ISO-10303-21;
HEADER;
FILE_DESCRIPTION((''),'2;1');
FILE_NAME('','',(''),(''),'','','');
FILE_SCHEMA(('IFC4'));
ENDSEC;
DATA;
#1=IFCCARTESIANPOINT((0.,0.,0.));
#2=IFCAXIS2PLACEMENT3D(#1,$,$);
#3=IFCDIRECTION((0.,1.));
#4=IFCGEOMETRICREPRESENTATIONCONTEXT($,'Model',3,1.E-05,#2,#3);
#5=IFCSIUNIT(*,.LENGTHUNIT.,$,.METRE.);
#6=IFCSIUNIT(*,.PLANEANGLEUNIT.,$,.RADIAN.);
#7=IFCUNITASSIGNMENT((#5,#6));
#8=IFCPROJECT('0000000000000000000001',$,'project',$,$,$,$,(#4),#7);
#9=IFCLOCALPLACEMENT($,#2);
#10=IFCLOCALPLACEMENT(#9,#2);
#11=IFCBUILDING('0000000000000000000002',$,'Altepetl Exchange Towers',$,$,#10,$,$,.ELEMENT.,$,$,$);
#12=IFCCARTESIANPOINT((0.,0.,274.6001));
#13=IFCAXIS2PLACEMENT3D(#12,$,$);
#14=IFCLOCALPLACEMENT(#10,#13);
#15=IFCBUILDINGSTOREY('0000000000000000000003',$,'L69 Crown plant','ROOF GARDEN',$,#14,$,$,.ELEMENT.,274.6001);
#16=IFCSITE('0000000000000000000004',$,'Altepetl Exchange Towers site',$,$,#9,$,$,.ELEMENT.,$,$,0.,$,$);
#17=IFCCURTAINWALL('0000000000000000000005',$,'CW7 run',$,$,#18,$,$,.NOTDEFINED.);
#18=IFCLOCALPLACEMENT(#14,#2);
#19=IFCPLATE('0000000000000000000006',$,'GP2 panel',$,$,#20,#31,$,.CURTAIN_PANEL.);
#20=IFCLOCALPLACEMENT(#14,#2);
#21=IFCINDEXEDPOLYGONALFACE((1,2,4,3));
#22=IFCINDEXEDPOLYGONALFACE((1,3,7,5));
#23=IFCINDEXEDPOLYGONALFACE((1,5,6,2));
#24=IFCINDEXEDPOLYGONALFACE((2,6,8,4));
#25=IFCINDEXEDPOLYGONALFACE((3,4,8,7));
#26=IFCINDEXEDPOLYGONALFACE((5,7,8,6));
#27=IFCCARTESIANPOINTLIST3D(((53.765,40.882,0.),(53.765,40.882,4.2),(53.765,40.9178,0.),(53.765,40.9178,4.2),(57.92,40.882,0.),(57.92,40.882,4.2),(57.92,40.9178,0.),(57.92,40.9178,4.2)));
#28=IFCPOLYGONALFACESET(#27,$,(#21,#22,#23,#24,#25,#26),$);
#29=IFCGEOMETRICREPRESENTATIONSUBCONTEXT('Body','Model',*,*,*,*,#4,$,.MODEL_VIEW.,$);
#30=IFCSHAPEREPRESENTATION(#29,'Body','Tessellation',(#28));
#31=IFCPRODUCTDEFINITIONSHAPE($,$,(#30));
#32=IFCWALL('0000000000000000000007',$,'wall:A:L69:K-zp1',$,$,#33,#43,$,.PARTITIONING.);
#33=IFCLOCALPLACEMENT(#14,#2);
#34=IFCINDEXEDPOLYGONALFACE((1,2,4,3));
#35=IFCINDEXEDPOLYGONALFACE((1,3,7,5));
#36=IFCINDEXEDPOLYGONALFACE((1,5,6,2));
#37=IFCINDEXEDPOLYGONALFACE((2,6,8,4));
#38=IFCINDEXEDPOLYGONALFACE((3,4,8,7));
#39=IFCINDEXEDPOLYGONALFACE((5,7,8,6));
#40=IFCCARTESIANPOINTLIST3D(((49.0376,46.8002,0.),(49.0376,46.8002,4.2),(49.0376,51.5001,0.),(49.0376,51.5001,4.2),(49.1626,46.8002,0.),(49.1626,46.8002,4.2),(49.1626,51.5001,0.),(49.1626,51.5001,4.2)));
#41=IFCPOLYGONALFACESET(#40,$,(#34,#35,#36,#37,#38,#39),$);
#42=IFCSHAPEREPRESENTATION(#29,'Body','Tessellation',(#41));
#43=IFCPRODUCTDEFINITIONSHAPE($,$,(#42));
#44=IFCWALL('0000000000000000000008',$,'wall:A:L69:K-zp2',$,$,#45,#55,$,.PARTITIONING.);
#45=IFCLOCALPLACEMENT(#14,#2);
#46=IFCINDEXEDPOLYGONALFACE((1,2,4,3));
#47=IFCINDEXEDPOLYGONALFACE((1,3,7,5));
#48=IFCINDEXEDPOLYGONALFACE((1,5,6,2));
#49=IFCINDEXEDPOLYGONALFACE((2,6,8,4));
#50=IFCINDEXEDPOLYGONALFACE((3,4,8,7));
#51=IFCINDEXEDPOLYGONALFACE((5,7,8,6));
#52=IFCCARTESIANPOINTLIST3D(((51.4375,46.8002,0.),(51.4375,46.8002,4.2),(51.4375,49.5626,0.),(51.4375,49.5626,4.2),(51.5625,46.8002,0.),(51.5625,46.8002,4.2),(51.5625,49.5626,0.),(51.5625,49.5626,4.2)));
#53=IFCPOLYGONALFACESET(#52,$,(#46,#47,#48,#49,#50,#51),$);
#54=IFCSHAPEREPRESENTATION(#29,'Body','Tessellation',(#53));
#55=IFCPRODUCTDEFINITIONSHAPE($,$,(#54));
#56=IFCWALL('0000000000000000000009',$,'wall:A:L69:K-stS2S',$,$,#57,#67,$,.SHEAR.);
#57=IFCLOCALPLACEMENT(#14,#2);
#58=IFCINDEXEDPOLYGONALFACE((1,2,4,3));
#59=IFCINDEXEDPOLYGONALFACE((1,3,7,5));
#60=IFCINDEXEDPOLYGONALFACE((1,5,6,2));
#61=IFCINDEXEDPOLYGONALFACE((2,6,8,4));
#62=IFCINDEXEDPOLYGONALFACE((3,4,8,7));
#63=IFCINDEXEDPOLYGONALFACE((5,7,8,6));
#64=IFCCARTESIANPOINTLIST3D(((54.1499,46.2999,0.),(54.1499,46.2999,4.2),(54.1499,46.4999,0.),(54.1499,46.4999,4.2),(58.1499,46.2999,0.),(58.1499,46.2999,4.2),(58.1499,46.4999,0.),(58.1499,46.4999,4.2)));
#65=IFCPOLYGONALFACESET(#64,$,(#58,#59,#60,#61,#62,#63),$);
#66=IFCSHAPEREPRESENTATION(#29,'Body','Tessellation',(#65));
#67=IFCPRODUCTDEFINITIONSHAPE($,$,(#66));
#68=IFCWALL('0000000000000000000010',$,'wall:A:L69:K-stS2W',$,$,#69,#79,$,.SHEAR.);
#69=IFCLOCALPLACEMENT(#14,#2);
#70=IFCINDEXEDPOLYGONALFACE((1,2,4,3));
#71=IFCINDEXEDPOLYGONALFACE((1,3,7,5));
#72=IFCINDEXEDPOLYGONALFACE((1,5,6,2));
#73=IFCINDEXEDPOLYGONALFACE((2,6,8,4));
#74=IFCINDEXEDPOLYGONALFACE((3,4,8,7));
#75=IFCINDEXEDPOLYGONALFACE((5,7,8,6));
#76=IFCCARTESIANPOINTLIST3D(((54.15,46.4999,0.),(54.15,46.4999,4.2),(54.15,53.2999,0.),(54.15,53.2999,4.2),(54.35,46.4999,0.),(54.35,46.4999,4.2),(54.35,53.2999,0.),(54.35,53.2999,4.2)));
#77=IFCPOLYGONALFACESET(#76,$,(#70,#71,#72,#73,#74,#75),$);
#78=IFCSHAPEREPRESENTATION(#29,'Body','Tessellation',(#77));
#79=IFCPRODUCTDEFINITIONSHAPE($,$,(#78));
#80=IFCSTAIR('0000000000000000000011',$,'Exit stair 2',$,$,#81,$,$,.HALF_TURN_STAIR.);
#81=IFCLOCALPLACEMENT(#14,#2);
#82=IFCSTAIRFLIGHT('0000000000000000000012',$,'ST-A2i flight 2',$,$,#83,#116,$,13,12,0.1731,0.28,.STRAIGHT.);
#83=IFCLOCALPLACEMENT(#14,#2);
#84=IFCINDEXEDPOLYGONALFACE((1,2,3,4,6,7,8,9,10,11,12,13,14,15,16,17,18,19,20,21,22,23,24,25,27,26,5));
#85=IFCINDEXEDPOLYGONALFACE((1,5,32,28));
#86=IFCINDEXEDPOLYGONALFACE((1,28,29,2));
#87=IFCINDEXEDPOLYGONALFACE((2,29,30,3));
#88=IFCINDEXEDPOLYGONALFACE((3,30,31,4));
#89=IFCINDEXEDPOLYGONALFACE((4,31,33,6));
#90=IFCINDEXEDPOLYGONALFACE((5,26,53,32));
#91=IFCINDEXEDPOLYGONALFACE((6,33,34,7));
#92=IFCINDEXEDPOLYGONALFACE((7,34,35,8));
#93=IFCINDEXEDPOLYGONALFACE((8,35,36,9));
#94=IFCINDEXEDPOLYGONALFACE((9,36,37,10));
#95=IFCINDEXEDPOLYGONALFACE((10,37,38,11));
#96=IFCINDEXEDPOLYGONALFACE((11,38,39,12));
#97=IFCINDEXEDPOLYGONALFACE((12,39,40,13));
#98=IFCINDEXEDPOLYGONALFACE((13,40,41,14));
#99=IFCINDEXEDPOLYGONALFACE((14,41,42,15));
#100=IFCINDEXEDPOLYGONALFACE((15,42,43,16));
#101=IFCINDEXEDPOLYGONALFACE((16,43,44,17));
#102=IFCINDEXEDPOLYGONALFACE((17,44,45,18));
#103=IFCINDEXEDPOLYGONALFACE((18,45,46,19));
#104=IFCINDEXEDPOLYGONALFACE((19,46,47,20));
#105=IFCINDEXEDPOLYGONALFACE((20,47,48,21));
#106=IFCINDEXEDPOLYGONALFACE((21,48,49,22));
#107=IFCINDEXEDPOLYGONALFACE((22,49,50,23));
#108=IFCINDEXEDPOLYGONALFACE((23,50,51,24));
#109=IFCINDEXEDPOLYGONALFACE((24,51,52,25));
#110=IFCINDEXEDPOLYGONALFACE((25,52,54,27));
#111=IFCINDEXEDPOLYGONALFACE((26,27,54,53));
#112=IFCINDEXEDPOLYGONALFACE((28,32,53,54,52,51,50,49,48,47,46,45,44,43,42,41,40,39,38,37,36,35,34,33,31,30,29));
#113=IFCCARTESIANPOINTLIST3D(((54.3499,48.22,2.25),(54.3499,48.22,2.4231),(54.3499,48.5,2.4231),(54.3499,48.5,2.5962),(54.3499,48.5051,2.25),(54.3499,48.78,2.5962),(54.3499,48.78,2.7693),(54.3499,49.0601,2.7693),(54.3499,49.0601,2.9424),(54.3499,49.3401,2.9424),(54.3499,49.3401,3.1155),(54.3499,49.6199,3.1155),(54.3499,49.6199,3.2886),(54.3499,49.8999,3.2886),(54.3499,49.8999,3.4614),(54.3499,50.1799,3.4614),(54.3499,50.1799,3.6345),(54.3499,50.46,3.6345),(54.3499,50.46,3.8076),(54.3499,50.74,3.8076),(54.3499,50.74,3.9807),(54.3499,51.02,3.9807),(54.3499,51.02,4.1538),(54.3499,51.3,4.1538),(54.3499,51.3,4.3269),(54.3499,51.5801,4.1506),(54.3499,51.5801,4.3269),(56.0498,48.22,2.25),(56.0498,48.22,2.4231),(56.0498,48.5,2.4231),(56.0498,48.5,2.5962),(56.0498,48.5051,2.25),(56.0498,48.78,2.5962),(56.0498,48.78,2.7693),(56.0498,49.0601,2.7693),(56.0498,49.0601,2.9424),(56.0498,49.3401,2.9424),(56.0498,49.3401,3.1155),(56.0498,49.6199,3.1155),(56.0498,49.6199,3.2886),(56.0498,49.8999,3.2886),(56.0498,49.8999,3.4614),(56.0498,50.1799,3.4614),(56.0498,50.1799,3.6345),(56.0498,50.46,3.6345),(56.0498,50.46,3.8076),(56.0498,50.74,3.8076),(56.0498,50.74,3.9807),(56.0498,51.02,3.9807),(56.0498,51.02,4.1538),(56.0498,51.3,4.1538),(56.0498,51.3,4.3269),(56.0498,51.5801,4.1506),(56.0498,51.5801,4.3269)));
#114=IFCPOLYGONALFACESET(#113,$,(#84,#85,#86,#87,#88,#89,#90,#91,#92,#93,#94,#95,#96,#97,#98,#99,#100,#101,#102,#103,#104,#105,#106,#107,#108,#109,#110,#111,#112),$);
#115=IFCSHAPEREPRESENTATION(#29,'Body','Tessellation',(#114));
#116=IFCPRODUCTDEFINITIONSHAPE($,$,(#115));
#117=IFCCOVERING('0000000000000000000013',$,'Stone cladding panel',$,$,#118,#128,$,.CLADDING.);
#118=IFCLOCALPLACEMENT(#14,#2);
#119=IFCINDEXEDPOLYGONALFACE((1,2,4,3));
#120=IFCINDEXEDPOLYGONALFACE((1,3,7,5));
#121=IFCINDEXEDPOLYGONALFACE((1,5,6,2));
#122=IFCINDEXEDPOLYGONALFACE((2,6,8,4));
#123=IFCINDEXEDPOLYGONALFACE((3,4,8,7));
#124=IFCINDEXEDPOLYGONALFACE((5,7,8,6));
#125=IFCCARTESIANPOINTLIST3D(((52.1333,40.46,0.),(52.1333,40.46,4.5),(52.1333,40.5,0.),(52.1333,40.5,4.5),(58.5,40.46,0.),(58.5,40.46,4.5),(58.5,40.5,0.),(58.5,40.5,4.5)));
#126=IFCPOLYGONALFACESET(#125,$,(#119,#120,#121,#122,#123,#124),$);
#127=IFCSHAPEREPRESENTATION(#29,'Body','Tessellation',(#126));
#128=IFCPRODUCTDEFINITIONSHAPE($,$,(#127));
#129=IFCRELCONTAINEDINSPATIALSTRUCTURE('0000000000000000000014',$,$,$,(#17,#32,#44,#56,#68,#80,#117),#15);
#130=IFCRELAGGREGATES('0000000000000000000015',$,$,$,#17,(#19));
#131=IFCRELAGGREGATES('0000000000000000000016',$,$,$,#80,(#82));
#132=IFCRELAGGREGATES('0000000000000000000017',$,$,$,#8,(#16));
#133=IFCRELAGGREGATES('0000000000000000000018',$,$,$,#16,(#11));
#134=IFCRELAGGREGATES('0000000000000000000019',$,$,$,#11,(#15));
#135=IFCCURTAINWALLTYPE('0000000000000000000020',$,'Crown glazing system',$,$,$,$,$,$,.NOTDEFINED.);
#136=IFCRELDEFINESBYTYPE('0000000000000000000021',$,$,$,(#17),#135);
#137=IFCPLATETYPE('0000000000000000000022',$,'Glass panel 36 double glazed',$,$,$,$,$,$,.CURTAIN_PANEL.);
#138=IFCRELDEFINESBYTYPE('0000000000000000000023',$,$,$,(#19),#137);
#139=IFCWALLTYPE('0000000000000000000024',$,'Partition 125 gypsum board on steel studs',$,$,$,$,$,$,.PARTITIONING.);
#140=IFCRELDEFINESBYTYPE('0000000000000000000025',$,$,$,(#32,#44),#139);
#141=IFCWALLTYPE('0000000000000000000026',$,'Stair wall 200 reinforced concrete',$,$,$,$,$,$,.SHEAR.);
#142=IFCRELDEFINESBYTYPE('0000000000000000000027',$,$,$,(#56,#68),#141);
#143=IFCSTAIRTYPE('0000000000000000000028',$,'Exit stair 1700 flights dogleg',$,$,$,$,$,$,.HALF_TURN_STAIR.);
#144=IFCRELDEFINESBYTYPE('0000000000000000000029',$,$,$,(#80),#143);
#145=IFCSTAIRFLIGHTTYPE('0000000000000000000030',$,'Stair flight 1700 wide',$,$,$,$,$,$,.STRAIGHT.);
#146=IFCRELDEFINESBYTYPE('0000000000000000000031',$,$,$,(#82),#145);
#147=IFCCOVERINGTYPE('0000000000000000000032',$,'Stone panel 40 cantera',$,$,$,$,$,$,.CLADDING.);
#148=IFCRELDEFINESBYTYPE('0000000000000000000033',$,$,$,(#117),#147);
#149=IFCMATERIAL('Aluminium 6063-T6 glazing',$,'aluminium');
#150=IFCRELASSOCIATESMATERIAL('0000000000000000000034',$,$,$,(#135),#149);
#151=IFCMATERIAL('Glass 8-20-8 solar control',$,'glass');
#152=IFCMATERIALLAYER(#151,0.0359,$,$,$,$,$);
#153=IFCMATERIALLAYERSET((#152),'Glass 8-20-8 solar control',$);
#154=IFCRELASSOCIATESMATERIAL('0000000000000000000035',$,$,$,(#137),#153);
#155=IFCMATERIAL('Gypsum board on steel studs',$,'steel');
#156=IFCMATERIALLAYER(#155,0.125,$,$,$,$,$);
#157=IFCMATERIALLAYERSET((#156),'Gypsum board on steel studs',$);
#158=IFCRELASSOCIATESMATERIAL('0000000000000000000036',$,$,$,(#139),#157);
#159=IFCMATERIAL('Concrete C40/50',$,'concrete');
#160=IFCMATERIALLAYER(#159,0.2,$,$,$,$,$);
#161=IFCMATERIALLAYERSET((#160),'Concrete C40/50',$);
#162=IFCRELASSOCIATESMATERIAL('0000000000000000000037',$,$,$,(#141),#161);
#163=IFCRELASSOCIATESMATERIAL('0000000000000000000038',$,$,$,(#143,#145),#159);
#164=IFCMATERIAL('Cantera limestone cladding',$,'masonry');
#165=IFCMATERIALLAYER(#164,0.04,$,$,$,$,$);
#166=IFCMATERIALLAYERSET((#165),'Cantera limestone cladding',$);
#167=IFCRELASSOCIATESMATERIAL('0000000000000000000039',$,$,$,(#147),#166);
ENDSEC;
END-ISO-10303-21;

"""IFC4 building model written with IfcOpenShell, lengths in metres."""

from ifc_helpers import new_model, si_unit, direction, frame, frame_2d, origin, origin_2d, place, context, subcontext, project, spatial, polyline, rectangle, outline, extrude, material, layer, layer_set, type_object, element, aggregate, save


model = new_model("IFC4")

# Units and contexts
model_context = context("Model", 3, precision=1e-05, world=origin(), true_north=direction((0.0, 1.0)))
body_context = subcontext(model_context, "Body", "Model", "MODEL_VIEW")
ifc_project = project(units=[si_unit("LENGTHUNIT", "METRE"), si_unit("PLANEANGLEUNIT", "RADIAN")], contexts=[model_context])

# Site, building, storey
site_placement = place(None, origin())
site = spatial("IfcSite", under=ifc_project, at=site_placement, Name="Altepetl Exchange Towers site", CompositionType="ELEMENT", RefElevation=0.0)
building_placement = place(site_placement, origin())
building = spatial("IfcBuilding", under=site, at=building_placement, Name="Altepetl Exchange Towers", CompositionType="ELEMENT")
storey_placement = place(building_placement, frame((0.0, 0.0, 274.6001)))
storey = spatial("IfcBuildingStorey", under=building, at=storey_placement, Name="L69 Crown plant", Description="ROOF GARDEN", CompositionType="ELEMENT", Elevation=274.6001)

# Curtain wall
ifc_material_1 = material(Name="Aluminium 6063-T6 glazing", Category="aluminium")
curtain_wall_type = type_object("IfcCurtainWallType", Name="Crown glazing system", PredefinedType="NOTDEFINED", material=ifc_material_1)
curtain_wall_1_placement = place(storey_placement, origin())
curtain_wall_1 = element("IfcCurtainWall", 1, at=curtain_wall_1_placement, inside=storey, type_object=curtain_wall_type, Name="CW7 run", PredefinedType="NOTDEFINED")

# Plate
ifc_material_2 = material(Name="Glass 8-20-8 solar control", Category="glass")
ifc_layer_1 = layer(ifc_material_2, 0.0359)
ifc_layer_set_1 = layer_set([ifc_layer_1], Name="Glass 8-20-8 solar control")
plate_type = type_object("IfcPlateType", Name="Glass panel 36 double glazed", PredefinedType="CURTAIN_PANEL", material=ifc_layer_set_1)
plate_1_placement = place(storey_placement, frame((55.8425, 40.8999, 0.0)))
plate_1 = element("IfcPlate", 2, at=plate_1_placement, type_object=plate_type, Name="GP2 panel", PredefinedType="CURTAIN_PANEL", context=body_context, shape_type="SweptSolid", body=[
    extrude(rectangle(XDim=4.155, YDim=0.0359, at=origin_2d()), origin(), (0.0, 0.0, 1.0), 4.2),
])
aggregate(curtain_wall_1, [plate_1])

# Walls
ifc_material_3 = material(Name="Gypsum board on steel studs", Category="steel")
ifc_layer_2 = layer(ifc_material_3, 0.125)
ifc_layer_set_2 = layer_set([ifc_layer_2], Name="Gypsum board on steel studs")
wall_type_1 = type_object("IfcWallType", Name="Partition 125 gypsum board on steel studs", PredefinedType="PARTITIONING", material=ifc_layer_set_2)
wall_1_placement = place(storey_placement, frame((49.1001, 46.8, 0.0), z_axis=(0.0, 0.0, 1.0), x_axis=(0.0, 1.0, 0.0)))
element("IfcWall", 3, at=wall_1_placement, inside=storey, type_object=wall_type_1, Name="wall:A:L69:K-zp1", PredefinedType="PARTITIONING", context=body_context, shape_type="SweptSolid", body=[
    extrude(rectangle(XDim=4.7, YDim=0.125, at=frame_2d((2.3501, 0.0))), origin(), (0.0, 0.0, 1.0), 4.2),
])
wall_2_placement = place(storey_placement, frame((51.5, 46.8, 0.0), z_axis=(0.0, 0.0, 1.0), x_axis=(0.0, 1.0, 0.0)))
element("IfcWall", 4, at=wall_2_placement, inside=storey, type_object=wall_type_1, Name="wall:A:L69:K-zp2", PredefinedType="PARTITIONING", context=body_context, shape_type="SweptSolid", body=[
    extrude(rectangle(XDim=2.7625, YDim=0.125, at=frame_2d((1.3813, 0.0))), origin(), (0.0, 0.0, 1.0), 4.2),
])
ifc_material_4 = material(Name="Concrete C40/50", Category="concrete")
ifc_layer_3 = layer(ifc_material_4, 0.2)
ifc_layer_set_3 = layer_set([ifc_layer_3], Name="Concrete C40/50")
wall_type_2 = type_object("IfcWallType", Name="Stair wall 200 reinforced concrete", PredefinedType="SHEAR", material=ifc_layer_set_3)
wall_3_placement = place(storey_placement, frame((54.1499, 46.3999, 0.0)))
element("IfcWall", 5, at=wall_3_placement, inside=storey, type_object=wall_type_2, Name="wall:A:L69:K-stS2S", PredefinedType="SHEAR", context=body_context, shape_type="SweptSolid", body=[
    extrude(rectangle(XDim=4.0, YDim=0.2, at=frame_2d((2.0, 0.0))), origin(), (0.0, 0.0, 1.0), 4.2),
])
wall_4_placement = place(storey_placement, frame((54.25, 46.5, 0.0), z_axis=(0.0, 0.0, 1.0), x_axis=(0.0, 1.0, 0.0)))
element("IfcWall", 6, at=wall_4_placement, inside=storey, type_object=wall_type_2, Name="wall:A:L69:K-stS2W", PredefinedType="SHEAR", context=body_context, shape_type="SweptSolid", body=[
    extrude(rectangle(XDim=6.8, YDim=0.2, at=frame_2d((3.3999, 0.0))), origin(), (0.0, 0.0, 1.0), 4.2),
])

# Stair, stair flight
stair_type = type_object("IfcStairType", Name="Exit stair 1700 flights dogleg", PredefinedType="HALF_TURN_STAIR", material=ifc_material_4)
stair_placement = place(storey_placement, origin())
stair = element("IfcStair", 7, at=stair_placement, inside=storey, type_object=stair_type, Name="Exit stair 2", PredefinedType="HALF_TURN_STAIR")
stair_flight_type = type_object("IfcStairFlightType", Name="Stair flight 1700 wide", PredefinedType="STRAIGHT", material=ifc_material_4)
stair_flight_placement = place(storey_placement, frame((55.2, 48.22, 2.25), z_axis=(0.0, 0.0, 1.0), x_axis=(0.0, 1.0, 0.0)))
stair_flight = element("IfcStairFlight", 8, at=stair_flight_placement, type_object=stair_flight_type, Name="ST-A2i flight 2", NumberOfRisers=13, NumberOfTreads=12, PredefinedType="STRAIGHT", RiserHeight=0.1731, TreadLength=0.28, context=body_context, shape_type="SweptSolid", body=[
    extrude(outline(polyline([(0.0, 0.0), (0.0, 0.1731), (0.28, 0.1731), (0.28, 0.3462), (0.5601, 0.3462), (0.5601, 0.5193), (0.8401, 0.5193), (0.8401, 0.6924), (1.1201, 0.6924), (1.1201, 0.8655), (1.3999, 0.8655), (1.3999, 1.0386), (1.6799, 1.0386), (1.6799, 1.2114), (1.96, 1.2114), (1.96, 1.3845), (2.24, 1.3845), (2.24, 1.5576), (2.52, 1.5576), (2.52, 1.7307), (2.8, 1.7307), (2.8, 1.9038), (3.0801, 1.9038), (3.0801, 2.0769), (3.3601, 2.0769), (3.3601, 2.25), (3.3601, 1.9006), (0.2852, 0.0), (0.0, 0.0)])), frame((0.0, 0.8501, 0.0), z_axis=(0.0, -1.0, 0.0), x_axis=(1.0, 0.0, 0.0)), (0.0, 0.0, 1.0), 1.7),
])
aggregate(stair, [stair_flight])

# Covering
ifc_material_5 = material(Name="Cantera limestone cladding", Category="masonry")
ifc_layer_4 = layer(ifc_material_5, 0.04)
ifc_layer_set_4 = layer_set([ifc_layer_4], Name="Cantera limestone cladding")
covering_type = type_object("IfcCoveringType", Name="Stone panel 40 cantera", PredefinedType="CLADDING", material=ifc_layer_set_4)
covering_placement = place(storey_placement, frame((55.3167, 40.48, 0.0)))
element("IfcCovering", 9, at=covering_placement, inside=storey, type_object=covering_type, Name="Stone cladding panel", PredefinedType="CLADDING", context=body_context, shape_type="SweptSolid", body=[
    extrude(rectangle(XDim=6.3667, YDim=0.04, at=origin_2d()), origin(), (0.0, 0.0, 1.0), 4.5),
])

save(model, "model.ifc")
